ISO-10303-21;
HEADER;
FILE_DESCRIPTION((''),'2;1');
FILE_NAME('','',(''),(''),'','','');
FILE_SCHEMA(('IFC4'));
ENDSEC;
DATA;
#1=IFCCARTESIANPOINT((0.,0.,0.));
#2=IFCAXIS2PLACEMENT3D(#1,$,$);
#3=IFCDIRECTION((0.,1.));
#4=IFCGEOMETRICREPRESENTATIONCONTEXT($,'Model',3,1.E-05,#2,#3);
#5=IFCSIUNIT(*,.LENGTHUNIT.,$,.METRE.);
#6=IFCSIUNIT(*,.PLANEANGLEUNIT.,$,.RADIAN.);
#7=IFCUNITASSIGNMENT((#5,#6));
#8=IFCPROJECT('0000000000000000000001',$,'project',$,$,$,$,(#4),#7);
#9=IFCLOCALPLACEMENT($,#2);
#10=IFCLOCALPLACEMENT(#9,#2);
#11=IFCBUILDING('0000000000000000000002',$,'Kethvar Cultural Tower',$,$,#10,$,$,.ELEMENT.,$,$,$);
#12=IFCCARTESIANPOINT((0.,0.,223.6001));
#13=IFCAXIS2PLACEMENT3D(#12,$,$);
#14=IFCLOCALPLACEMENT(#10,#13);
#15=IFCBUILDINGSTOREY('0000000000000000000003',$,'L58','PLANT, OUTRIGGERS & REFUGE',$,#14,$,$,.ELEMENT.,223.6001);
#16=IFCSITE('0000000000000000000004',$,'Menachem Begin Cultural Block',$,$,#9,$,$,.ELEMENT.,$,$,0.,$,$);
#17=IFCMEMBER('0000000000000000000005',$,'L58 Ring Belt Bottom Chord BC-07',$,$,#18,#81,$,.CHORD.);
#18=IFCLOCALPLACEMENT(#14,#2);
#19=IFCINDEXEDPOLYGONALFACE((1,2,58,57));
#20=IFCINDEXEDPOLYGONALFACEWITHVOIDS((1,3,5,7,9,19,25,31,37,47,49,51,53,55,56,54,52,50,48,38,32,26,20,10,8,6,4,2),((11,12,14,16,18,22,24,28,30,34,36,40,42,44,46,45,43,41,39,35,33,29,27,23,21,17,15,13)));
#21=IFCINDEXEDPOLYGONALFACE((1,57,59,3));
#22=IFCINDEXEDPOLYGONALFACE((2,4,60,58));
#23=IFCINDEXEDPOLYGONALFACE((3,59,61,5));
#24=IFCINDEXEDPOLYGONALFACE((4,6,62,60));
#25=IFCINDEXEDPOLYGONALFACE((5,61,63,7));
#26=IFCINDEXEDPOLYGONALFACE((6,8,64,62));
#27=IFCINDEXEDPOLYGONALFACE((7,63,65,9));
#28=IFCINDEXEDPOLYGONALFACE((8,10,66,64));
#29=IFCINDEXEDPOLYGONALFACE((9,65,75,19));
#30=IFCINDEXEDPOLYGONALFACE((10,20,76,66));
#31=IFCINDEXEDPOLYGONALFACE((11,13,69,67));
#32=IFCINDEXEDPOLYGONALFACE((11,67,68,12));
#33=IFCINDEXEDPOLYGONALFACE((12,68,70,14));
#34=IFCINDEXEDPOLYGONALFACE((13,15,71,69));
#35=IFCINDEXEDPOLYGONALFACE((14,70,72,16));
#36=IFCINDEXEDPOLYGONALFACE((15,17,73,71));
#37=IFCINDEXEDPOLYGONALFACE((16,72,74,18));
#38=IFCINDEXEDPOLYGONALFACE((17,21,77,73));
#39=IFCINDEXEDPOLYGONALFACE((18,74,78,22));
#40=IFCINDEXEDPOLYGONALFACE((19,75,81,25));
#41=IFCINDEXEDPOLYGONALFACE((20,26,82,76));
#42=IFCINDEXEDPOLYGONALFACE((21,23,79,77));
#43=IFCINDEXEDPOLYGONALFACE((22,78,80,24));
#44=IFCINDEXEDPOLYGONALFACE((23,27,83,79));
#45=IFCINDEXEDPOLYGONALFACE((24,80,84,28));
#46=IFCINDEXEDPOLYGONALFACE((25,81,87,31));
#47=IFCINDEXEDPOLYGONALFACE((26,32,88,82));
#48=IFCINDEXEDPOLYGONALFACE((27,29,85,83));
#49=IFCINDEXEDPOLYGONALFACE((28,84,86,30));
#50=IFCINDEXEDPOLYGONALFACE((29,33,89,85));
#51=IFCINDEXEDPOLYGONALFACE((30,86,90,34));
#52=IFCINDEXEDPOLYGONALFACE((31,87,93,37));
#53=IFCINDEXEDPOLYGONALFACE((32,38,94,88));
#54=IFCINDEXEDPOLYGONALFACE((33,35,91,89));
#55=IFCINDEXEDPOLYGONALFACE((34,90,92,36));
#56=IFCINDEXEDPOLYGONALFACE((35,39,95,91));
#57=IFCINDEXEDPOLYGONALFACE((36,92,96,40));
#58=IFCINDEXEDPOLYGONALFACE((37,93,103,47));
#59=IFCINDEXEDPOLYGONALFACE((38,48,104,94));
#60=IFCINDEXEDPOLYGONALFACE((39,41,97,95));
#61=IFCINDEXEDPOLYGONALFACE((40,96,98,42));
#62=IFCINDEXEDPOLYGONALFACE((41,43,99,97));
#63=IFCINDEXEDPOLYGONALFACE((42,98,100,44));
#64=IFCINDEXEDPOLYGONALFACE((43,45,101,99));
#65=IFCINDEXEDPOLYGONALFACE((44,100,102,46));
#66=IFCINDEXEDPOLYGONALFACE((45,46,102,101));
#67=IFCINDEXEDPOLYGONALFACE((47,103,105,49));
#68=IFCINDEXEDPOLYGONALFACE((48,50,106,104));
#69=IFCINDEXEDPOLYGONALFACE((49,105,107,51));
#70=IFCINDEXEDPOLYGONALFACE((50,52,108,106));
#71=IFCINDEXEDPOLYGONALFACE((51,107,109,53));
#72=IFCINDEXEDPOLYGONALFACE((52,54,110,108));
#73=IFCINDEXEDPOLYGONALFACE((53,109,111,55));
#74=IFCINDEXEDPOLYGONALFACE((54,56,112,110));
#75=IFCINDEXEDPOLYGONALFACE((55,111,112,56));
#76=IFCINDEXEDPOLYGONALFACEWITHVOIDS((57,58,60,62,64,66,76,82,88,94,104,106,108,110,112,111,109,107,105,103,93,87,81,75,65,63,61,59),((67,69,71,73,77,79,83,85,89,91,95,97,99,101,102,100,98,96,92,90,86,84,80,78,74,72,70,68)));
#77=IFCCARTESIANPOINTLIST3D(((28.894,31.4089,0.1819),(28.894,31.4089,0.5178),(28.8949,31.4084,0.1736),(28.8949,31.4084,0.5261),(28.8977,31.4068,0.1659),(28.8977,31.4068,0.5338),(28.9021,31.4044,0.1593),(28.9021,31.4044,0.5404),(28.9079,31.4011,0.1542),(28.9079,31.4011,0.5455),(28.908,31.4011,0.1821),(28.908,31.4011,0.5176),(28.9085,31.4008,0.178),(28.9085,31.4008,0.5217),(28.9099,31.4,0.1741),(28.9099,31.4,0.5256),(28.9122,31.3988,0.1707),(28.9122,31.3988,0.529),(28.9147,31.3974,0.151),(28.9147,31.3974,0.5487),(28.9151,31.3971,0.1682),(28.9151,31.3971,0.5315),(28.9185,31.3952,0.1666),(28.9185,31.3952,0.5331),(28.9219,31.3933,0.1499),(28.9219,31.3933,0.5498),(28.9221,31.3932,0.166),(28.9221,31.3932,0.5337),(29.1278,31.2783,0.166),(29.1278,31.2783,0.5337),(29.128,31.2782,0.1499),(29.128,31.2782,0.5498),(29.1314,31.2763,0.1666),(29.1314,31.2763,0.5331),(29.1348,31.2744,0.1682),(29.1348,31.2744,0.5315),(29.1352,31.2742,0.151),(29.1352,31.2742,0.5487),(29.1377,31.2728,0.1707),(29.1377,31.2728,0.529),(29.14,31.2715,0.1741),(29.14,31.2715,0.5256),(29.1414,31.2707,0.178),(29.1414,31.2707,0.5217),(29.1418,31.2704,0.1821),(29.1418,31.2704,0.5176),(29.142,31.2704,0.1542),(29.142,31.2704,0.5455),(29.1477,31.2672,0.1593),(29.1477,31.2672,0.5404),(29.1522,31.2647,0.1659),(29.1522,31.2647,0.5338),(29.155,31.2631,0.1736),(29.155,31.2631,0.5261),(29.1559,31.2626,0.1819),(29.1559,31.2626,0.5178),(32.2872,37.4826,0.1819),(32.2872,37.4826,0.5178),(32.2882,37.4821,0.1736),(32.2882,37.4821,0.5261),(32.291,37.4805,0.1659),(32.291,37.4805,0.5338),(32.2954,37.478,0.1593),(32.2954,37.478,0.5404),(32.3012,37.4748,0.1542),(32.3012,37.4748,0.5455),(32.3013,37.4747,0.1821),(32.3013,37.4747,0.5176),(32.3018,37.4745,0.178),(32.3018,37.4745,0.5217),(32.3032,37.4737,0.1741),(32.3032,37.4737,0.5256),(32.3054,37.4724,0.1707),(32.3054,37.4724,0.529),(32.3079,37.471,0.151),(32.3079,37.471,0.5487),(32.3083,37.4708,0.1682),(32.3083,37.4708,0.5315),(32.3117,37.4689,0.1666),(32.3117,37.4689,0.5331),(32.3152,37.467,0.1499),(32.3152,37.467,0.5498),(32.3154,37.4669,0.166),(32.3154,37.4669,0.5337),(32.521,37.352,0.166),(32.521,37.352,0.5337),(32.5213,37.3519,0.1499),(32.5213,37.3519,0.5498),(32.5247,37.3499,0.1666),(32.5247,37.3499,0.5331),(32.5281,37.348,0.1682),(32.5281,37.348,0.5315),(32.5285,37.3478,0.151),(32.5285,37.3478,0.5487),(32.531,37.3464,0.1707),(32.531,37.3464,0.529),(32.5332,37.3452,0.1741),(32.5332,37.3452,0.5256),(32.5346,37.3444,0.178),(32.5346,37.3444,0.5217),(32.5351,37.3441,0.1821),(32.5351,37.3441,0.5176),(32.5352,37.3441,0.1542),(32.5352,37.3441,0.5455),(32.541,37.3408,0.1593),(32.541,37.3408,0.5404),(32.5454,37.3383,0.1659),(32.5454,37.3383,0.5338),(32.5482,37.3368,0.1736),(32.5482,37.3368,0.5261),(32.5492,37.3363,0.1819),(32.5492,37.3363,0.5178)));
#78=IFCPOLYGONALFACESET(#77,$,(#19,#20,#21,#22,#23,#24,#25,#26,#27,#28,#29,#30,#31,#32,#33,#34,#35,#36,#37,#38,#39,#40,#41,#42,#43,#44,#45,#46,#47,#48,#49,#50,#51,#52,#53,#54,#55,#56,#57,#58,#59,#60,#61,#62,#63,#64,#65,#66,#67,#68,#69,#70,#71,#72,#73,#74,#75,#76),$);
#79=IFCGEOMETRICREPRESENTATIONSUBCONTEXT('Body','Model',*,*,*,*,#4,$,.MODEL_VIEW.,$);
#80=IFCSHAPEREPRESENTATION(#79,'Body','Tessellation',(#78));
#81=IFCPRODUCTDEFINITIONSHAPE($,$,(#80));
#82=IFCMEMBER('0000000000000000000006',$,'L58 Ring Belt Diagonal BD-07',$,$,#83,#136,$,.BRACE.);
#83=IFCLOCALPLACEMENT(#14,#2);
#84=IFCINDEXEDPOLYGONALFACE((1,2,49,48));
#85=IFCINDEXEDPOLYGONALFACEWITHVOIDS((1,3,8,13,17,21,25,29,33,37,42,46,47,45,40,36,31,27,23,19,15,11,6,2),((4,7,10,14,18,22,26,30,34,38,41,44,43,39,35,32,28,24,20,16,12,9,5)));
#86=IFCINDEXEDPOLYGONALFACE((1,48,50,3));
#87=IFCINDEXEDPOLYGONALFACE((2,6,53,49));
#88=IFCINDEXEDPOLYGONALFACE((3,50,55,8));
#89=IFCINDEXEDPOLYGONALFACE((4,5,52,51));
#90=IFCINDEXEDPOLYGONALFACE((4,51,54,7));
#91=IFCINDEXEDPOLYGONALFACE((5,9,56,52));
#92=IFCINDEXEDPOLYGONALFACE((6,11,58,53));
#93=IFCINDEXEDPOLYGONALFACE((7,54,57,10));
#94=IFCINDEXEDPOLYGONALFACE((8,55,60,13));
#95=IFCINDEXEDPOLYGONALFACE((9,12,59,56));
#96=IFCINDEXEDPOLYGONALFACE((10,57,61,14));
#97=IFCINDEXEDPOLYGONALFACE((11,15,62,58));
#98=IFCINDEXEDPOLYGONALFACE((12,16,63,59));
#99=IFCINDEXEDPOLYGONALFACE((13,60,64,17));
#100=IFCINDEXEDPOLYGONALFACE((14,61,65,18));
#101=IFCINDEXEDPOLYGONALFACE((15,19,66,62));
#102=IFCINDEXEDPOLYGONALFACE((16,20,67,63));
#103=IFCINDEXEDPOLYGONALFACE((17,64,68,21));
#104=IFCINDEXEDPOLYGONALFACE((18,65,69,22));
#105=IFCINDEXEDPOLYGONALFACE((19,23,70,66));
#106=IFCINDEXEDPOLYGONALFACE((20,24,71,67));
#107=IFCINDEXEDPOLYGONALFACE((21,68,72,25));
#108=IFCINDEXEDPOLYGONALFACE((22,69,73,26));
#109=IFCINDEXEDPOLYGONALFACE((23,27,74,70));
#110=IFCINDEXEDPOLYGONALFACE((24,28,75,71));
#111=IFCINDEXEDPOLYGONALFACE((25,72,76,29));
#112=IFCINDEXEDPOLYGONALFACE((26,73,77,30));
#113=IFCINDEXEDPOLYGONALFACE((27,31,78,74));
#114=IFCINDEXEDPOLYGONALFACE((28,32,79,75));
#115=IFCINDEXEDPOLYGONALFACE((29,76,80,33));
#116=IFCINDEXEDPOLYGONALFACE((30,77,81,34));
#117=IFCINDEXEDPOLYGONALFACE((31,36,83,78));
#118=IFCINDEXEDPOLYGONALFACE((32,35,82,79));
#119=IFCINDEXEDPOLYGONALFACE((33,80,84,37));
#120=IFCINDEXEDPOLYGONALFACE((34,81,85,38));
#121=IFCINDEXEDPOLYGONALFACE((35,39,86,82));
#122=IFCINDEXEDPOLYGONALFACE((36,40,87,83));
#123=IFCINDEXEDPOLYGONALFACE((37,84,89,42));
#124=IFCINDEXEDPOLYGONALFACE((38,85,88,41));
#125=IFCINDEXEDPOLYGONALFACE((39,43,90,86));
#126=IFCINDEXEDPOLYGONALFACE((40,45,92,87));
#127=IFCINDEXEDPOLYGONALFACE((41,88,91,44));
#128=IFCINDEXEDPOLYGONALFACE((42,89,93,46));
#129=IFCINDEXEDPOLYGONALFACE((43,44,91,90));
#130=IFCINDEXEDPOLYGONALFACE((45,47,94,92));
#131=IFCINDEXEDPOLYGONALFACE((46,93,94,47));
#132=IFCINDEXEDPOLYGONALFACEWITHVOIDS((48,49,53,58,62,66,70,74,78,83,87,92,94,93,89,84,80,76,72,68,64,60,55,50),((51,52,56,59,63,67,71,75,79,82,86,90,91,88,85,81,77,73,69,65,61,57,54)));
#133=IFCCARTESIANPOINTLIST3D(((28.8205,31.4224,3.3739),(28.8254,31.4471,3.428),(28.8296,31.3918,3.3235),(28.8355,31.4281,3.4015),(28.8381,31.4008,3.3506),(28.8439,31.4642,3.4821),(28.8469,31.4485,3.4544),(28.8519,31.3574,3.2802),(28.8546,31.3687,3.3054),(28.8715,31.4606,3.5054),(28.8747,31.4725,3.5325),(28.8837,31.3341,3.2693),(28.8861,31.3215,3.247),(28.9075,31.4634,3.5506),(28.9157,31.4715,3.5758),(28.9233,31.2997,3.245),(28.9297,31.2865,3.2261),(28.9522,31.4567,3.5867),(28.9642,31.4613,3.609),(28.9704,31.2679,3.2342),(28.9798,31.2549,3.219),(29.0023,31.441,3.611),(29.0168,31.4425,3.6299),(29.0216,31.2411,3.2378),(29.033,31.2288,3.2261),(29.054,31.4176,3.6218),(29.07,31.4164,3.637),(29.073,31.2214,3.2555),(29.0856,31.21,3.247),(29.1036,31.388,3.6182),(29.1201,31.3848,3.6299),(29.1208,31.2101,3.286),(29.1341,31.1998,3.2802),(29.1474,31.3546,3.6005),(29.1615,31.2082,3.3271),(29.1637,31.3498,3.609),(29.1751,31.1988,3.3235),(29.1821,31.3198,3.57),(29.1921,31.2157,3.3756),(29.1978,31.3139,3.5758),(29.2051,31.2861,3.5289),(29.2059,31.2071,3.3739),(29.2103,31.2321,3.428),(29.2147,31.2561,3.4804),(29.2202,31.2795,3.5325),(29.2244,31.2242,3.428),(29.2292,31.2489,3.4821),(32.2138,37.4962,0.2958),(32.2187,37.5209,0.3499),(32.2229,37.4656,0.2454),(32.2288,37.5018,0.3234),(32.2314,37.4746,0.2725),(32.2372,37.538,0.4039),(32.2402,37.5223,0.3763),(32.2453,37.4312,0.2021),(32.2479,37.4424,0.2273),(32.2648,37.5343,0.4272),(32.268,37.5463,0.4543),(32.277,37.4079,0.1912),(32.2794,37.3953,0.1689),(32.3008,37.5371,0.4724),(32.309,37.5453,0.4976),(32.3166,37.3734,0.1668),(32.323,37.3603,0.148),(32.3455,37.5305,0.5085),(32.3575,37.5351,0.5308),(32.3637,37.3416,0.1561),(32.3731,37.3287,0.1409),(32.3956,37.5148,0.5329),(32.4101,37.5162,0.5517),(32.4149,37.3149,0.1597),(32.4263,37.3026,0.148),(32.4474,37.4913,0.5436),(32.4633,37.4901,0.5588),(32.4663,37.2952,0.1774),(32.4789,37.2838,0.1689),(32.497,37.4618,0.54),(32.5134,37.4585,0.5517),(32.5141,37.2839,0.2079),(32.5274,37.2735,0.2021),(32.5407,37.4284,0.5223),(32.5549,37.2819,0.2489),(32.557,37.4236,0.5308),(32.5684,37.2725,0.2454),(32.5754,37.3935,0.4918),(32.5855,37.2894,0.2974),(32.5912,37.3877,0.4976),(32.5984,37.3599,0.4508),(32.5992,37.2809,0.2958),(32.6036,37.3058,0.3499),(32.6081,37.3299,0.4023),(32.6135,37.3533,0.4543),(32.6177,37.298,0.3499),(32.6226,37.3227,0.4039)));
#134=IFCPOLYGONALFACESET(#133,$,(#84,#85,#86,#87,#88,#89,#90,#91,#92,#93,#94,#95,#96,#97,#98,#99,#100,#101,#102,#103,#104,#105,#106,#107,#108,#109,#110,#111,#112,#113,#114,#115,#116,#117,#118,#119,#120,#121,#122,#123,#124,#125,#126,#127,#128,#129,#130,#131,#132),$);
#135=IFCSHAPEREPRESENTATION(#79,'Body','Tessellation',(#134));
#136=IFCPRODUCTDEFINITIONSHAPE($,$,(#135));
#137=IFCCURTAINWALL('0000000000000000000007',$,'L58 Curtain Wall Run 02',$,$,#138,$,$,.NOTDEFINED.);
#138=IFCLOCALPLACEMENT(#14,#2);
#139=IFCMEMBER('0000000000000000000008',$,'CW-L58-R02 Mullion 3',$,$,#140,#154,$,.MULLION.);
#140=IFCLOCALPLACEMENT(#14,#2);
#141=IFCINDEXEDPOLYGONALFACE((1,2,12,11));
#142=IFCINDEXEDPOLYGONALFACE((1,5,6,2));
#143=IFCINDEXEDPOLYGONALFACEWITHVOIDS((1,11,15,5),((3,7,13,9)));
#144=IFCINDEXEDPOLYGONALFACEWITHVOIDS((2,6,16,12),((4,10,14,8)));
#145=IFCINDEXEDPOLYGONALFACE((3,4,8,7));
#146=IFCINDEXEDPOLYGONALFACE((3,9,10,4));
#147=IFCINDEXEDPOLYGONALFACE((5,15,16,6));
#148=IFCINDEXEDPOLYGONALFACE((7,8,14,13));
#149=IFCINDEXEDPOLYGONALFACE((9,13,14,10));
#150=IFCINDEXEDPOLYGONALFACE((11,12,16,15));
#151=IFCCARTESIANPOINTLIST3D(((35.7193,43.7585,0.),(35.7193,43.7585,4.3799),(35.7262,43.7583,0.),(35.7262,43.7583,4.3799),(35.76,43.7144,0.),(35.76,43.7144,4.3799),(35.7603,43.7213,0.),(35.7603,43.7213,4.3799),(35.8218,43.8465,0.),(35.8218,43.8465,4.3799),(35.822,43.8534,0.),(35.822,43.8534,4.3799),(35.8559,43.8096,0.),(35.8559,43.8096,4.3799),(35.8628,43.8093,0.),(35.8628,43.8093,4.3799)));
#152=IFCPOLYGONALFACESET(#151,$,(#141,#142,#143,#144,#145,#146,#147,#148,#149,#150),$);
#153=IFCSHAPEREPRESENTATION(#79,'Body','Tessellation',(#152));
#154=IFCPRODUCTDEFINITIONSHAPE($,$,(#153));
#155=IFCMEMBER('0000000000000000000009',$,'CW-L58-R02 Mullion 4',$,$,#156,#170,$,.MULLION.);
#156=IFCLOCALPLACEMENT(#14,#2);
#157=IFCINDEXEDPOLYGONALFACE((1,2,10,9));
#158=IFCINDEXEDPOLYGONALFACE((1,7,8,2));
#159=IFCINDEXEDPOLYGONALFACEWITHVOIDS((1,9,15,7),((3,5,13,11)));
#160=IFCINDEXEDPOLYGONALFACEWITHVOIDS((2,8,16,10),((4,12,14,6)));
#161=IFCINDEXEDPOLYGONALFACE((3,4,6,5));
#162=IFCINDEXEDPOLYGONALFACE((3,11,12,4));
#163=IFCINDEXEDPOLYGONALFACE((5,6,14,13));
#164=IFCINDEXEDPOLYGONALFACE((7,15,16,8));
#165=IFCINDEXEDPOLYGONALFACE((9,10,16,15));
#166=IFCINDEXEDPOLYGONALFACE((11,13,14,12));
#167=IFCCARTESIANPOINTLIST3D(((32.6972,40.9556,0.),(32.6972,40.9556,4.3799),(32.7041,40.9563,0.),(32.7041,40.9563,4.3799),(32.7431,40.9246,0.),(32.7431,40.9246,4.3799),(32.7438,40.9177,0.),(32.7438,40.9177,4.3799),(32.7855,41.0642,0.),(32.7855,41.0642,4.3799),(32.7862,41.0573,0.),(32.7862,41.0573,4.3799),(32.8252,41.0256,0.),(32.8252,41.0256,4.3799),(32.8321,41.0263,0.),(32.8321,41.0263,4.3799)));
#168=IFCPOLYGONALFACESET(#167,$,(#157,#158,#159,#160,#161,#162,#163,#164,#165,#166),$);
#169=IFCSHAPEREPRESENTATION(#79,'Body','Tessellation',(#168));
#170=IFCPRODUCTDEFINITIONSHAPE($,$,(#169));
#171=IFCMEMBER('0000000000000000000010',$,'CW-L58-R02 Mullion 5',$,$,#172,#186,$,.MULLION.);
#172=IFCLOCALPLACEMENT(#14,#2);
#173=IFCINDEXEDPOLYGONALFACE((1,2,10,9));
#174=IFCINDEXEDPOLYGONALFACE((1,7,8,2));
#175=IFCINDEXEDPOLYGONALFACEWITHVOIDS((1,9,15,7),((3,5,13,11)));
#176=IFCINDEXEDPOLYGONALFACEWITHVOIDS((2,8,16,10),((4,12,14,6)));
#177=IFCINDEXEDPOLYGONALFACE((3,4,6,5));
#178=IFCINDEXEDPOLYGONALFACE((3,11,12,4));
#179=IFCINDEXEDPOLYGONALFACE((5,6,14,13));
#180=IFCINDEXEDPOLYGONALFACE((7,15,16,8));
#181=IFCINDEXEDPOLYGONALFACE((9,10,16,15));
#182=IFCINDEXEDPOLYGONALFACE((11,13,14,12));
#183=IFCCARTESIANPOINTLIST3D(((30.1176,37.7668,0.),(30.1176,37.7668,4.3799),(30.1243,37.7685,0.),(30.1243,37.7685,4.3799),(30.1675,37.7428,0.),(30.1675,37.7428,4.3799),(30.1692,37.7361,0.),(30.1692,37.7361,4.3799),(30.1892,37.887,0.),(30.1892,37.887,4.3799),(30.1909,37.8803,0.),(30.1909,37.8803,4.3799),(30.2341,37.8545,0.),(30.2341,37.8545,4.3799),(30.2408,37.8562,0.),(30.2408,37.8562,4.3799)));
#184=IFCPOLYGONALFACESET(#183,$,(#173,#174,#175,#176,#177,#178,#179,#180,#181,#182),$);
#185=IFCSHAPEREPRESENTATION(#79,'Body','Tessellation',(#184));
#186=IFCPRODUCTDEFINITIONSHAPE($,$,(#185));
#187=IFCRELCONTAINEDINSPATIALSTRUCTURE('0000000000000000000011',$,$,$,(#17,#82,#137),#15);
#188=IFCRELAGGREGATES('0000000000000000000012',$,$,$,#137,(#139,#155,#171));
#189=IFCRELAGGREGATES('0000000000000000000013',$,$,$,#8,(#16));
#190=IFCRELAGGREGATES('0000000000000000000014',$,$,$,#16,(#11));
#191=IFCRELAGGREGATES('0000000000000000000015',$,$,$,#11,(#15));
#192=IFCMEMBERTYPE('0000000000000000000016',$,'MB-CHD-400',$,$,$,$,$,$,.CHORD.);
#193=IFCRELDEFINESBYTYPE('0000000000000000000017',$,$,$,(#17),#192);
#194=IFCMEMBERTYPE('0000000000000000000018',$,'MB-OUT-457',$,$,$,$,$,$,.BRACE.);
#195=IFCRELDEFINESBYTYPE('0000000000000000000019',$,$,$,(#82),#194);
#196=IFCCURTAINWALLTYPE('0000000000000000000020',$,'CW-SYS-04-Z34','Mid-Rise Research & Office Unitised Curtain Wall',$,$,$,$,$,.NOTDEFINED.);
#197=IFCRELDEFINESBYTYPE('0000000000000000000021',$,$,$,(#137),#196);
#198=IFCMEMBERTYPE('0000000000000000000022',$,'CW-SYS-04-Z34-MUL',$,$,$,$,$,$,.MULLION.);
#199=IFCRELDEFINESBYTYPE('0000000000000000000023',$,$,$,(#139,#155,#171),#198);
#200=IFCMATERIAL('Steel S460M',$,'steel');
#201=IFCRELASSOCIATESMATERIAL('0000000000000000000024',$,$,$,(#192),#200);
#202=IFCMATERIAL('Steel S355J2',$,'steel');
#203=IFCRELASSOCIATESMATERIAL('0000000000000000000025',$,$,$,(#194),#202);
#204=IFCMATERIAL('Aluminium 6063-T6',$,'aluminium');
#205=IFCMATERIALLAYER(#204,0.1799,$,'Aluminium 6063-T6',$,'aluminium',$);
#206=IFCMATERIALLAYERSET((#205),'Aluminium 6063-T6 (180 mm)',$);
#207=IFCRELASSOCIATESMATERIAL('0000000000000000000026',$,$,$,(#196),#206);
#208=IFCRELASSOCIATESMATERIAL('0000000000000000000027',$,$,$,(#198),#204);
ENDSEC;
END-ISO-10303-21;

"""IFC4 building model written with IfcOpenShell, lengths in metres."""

from ifc_helpers import new_model, si_unit, direction, frame, origin, origin_2d, place, context, subcontext, project, spatial, hollow_rectangle, hollow_circle, extrude, source, transform, mapped, material, layer, layer_set, material_profile, profile_set, type_object, element, aggregate, save


model = new_model("IFC4")

# Units and contexts
model_context = context("Model", 3, precision=1e-05, world=origin(), true_north=direction((0.0, 1.0)))
body_context = subcontext(model_context, "Body", "Model", "MODEL_VIEW")
ifc_project = project(units=[si_unit("LENGTHUNIT", "METRE"), si_unit("PLANEANGLEUNIT", "RADIAN")], contexts=[model_context])

# Site, building, storey
site_placement = place(None, origin())
site = spatial("IfcSite", under=ifc_project, at=site_placement, Name="Menachem Begin Cultural Block", CompositionType="ELEMENT", RefElevation=0.0)
building_placement = place(site_placement, origin())
building = spatial("IfcBuilding", under=site, at=building_placement, Name="Kethvar Cultural Tower", CompositionType="ELEMENT")
storey_placement = place(building_placement, frame((0.0, 0.0, 223.6001)))
storey = spatial("IfcBuildingStorey", under=building, at=storey_placement, Name="L58", Description="PLANT, OUTRIGGERS & REFUGE", CompositionType="ELEMENT", Elevation=223.6001)

# Shared definitions
ifc_material_1 = material(Name="Steel S460M", Category="steel")

# Shared definitions
ifc_material_profile_1 = material_profile(ifc_material_1, hollow_rectangle(XDim=0.3, YDim=0.3999, WallThickness=0.0161, InnerFilletRadius=0.0161, OuterFilletRadius=0.032, at=origin_2d()), Name="Steel S460M — RHS400x300x16")
ifc_profile_set_1 = profile_set([ifc_material_profile_1], Name="Steel S460M — RHS400x300x16")
member_type_1 = type_object("IfcMemberType", Name="MB-CHD-400", PredefinedType="CHORD", material=ifc_profile_set_1)
ifc_material_2 = material(Name="Steel S355J2", Category="steel")
ifc_material_profile_2 = material_profile(ifc_material_2, hollow_circle(Radius=0.2285, WallThickness=0.0161, at=origin_2d()), Name="Steel S355J2 — CHS457x16")
ifc_profile_set_2 = profile_set([ifc_material_profile_2], Name="Steel S355J2 — CHS457x16")
member_type_2 = type_object("IfcMemberType", Name="MB-OUT-457", PredefinedType="BRACE", material=ifc_profile_set_2)

# Members
shared_shape_1 = source(origin(), body_context, "Body", "SweptSolid", [
    extrude(hollow_rectangle(XDim=0.3, YDim=0.3999, WallThickness=0.0161, InnerFilletRadius=0.0161, OuterFilletRadius=0.032, at=origin_2d()), origin(), (0.0, 0.0, 1.0), 6.9573),
])
member_1_placement = place(storey_placement, frame((32.4182, 37.4094, 0.3499), z_axis=(-0.48773, -0.872994, 0.0), x_axis=(0.872994, -0.48773, 0.0)))
element("IfcMember", 1, at=member_1_placement, inside=storey, type_object=member_type_1, Name="L58 Ring Belt Bottom Chord BC-07", PredefinedType="CHORD", context=body_context, shape_type="MappedRepresentation", body=[
    mapped(shared_shape_1, transform((0.0, 0.0, 0.0), scale=1.0)),
])
shared_shape_2 = source(origin(), body_context, "Body", "SweptSolid", [
    extrude(hollow_circle(Radius=0.2285, WallThickness=0.0161, at=origin_2d()), origin(), (0.0, 0.0, 1.0), 7.6079),
])
member_2_placement = place(storey_placement, frame((32.4182, 37.4094, 0.3499), z_axis=(-0.446027, -0.798349, 0.404598), x_axis=(0.872994, -0.48773, 0.0)))
element("IfcMember", 2, at=member_2_placement, inside=storey, type_object=member_type_2, Name="L58 Ring Belt Diagonal BD-07", PredefinedType="BRACE", context=body_context, shape_type="MappedRepresentation", body=[
    mapped(shared_shape_2, transform((0.0, 0.0, 0.0), scale=1.0)),
])

# Curtain wall, members
ifc_material_3 = material(Name="Aluminium 6063-T6", Category="aluminium")
ifc_layer_1 = layer(ifc_material_3, 0.1799, Name="Aluminium 6063-T6", Category="aluminium")
ifc_layer_set_1 = layer_set([ifc_layer_1], Name="Aluminium 6063-T6 (180 mm)")
curtain_wall_type = type_object("IfcCurtainWallType", Name="CW-SYS-04-Z34", Description="Mid-Rise Research & Office Unitised Curtain Wall", PredefinedType="NOTDEFINED", material=ifc_layer_set_1)
curtain_wall_placement = place(storey_placement, origin())
curtain_wall = element("IfcCurtainWall", 3, at=curtain_wall_placement, inside=storey, type_object=curtain_wall_type, Name="L58 Curtain Wall Run 02", PredefinedType="NOTDEFINED")
ifc_material_profile_3 = material_profile(ifc_material_3, hollow_rectangle(XDim=0.0601, YDim=0.1399, WallThickness=0.0049, at=origin_2d()), Name="Aluminium 6063-T6 — RHS140x60x5")
ifc_profile_set_3 = profile_set([ifc_material_profile_3], Name="Aluminium 6063-T6 — RHS140x60x5")
member_type_3 = type_object("IfcMemberType", Name="CW-SYS-04-Z34-MUL", PredefinedType="MULLION", material=ifc_profile_set_3)
shared_shape_3 = source(origin(), body_context, "Body", "SweptSolid", [
    extrude(hollow_rectangle(XDim=0.0601, YDim=0.1399, WallThickness=0.0049, at=origin_2d()), origin(), (0.0, 0.0, 1.0), 4.3799),
])
member_3_placement = place(storey_placement, frame((35.791, 43.7839, 0.0), z_axis=(0.0, 0.0, 1.0), x_axis=(0.678391, -0.734702, 0.0)))
member_3 = element("IfcMember", 4, at=member_3_placement, type_object=member_type_3, Name="CW-L58-R02 Mullion 3", PredefinedType="MULLION", context=body_context, shape_type="MappedRepresentation", body=[
    mapped(shared_shape_3, transform((0.0, 0.0, 0.0), scale=1.0)),
])
member_4_placement = place(storey_placement, frame((32.7646, 40.991, 0.0), z_axis=(0.0, 0.0, 1.0), x_axis=(0.776068, -0.630649, 0.0)))
member_4 = element("IfcMember", 5, at=member_4_placement, type_object=member_type_3, Name="CW-L58-R02 Mullion 4", PredefinedType="MULLION", context=body_context, shape_type="MappedRepresentation", body=[
    mapped(shared_shape_3, transform((0.0, 0.0, 0.0), scale=1.0)),
])
member_5_placement = place(storey_placement, frame((30.1792, 37.8115, 0.0), z_axis=(0.0, 0.0, 1.0), x_axis=(0.858862, -0.512208, 0.0)))
member_5 = element("IfcMember", 6, at=member_5_placement, type_object=member_type_3, Name="CW-L58-R02 Mullion 5", PredefinedType="MULLION", context=body_context, shape_type="MappedRepresentation", body=[
    mapped(shared_shape_3, transform((0.0, 0.0, 0.0), scale=1.0)),
])

aggregate(curtain_wall, [member_3, member_4, member_5])

save(model, "model.ifc")
